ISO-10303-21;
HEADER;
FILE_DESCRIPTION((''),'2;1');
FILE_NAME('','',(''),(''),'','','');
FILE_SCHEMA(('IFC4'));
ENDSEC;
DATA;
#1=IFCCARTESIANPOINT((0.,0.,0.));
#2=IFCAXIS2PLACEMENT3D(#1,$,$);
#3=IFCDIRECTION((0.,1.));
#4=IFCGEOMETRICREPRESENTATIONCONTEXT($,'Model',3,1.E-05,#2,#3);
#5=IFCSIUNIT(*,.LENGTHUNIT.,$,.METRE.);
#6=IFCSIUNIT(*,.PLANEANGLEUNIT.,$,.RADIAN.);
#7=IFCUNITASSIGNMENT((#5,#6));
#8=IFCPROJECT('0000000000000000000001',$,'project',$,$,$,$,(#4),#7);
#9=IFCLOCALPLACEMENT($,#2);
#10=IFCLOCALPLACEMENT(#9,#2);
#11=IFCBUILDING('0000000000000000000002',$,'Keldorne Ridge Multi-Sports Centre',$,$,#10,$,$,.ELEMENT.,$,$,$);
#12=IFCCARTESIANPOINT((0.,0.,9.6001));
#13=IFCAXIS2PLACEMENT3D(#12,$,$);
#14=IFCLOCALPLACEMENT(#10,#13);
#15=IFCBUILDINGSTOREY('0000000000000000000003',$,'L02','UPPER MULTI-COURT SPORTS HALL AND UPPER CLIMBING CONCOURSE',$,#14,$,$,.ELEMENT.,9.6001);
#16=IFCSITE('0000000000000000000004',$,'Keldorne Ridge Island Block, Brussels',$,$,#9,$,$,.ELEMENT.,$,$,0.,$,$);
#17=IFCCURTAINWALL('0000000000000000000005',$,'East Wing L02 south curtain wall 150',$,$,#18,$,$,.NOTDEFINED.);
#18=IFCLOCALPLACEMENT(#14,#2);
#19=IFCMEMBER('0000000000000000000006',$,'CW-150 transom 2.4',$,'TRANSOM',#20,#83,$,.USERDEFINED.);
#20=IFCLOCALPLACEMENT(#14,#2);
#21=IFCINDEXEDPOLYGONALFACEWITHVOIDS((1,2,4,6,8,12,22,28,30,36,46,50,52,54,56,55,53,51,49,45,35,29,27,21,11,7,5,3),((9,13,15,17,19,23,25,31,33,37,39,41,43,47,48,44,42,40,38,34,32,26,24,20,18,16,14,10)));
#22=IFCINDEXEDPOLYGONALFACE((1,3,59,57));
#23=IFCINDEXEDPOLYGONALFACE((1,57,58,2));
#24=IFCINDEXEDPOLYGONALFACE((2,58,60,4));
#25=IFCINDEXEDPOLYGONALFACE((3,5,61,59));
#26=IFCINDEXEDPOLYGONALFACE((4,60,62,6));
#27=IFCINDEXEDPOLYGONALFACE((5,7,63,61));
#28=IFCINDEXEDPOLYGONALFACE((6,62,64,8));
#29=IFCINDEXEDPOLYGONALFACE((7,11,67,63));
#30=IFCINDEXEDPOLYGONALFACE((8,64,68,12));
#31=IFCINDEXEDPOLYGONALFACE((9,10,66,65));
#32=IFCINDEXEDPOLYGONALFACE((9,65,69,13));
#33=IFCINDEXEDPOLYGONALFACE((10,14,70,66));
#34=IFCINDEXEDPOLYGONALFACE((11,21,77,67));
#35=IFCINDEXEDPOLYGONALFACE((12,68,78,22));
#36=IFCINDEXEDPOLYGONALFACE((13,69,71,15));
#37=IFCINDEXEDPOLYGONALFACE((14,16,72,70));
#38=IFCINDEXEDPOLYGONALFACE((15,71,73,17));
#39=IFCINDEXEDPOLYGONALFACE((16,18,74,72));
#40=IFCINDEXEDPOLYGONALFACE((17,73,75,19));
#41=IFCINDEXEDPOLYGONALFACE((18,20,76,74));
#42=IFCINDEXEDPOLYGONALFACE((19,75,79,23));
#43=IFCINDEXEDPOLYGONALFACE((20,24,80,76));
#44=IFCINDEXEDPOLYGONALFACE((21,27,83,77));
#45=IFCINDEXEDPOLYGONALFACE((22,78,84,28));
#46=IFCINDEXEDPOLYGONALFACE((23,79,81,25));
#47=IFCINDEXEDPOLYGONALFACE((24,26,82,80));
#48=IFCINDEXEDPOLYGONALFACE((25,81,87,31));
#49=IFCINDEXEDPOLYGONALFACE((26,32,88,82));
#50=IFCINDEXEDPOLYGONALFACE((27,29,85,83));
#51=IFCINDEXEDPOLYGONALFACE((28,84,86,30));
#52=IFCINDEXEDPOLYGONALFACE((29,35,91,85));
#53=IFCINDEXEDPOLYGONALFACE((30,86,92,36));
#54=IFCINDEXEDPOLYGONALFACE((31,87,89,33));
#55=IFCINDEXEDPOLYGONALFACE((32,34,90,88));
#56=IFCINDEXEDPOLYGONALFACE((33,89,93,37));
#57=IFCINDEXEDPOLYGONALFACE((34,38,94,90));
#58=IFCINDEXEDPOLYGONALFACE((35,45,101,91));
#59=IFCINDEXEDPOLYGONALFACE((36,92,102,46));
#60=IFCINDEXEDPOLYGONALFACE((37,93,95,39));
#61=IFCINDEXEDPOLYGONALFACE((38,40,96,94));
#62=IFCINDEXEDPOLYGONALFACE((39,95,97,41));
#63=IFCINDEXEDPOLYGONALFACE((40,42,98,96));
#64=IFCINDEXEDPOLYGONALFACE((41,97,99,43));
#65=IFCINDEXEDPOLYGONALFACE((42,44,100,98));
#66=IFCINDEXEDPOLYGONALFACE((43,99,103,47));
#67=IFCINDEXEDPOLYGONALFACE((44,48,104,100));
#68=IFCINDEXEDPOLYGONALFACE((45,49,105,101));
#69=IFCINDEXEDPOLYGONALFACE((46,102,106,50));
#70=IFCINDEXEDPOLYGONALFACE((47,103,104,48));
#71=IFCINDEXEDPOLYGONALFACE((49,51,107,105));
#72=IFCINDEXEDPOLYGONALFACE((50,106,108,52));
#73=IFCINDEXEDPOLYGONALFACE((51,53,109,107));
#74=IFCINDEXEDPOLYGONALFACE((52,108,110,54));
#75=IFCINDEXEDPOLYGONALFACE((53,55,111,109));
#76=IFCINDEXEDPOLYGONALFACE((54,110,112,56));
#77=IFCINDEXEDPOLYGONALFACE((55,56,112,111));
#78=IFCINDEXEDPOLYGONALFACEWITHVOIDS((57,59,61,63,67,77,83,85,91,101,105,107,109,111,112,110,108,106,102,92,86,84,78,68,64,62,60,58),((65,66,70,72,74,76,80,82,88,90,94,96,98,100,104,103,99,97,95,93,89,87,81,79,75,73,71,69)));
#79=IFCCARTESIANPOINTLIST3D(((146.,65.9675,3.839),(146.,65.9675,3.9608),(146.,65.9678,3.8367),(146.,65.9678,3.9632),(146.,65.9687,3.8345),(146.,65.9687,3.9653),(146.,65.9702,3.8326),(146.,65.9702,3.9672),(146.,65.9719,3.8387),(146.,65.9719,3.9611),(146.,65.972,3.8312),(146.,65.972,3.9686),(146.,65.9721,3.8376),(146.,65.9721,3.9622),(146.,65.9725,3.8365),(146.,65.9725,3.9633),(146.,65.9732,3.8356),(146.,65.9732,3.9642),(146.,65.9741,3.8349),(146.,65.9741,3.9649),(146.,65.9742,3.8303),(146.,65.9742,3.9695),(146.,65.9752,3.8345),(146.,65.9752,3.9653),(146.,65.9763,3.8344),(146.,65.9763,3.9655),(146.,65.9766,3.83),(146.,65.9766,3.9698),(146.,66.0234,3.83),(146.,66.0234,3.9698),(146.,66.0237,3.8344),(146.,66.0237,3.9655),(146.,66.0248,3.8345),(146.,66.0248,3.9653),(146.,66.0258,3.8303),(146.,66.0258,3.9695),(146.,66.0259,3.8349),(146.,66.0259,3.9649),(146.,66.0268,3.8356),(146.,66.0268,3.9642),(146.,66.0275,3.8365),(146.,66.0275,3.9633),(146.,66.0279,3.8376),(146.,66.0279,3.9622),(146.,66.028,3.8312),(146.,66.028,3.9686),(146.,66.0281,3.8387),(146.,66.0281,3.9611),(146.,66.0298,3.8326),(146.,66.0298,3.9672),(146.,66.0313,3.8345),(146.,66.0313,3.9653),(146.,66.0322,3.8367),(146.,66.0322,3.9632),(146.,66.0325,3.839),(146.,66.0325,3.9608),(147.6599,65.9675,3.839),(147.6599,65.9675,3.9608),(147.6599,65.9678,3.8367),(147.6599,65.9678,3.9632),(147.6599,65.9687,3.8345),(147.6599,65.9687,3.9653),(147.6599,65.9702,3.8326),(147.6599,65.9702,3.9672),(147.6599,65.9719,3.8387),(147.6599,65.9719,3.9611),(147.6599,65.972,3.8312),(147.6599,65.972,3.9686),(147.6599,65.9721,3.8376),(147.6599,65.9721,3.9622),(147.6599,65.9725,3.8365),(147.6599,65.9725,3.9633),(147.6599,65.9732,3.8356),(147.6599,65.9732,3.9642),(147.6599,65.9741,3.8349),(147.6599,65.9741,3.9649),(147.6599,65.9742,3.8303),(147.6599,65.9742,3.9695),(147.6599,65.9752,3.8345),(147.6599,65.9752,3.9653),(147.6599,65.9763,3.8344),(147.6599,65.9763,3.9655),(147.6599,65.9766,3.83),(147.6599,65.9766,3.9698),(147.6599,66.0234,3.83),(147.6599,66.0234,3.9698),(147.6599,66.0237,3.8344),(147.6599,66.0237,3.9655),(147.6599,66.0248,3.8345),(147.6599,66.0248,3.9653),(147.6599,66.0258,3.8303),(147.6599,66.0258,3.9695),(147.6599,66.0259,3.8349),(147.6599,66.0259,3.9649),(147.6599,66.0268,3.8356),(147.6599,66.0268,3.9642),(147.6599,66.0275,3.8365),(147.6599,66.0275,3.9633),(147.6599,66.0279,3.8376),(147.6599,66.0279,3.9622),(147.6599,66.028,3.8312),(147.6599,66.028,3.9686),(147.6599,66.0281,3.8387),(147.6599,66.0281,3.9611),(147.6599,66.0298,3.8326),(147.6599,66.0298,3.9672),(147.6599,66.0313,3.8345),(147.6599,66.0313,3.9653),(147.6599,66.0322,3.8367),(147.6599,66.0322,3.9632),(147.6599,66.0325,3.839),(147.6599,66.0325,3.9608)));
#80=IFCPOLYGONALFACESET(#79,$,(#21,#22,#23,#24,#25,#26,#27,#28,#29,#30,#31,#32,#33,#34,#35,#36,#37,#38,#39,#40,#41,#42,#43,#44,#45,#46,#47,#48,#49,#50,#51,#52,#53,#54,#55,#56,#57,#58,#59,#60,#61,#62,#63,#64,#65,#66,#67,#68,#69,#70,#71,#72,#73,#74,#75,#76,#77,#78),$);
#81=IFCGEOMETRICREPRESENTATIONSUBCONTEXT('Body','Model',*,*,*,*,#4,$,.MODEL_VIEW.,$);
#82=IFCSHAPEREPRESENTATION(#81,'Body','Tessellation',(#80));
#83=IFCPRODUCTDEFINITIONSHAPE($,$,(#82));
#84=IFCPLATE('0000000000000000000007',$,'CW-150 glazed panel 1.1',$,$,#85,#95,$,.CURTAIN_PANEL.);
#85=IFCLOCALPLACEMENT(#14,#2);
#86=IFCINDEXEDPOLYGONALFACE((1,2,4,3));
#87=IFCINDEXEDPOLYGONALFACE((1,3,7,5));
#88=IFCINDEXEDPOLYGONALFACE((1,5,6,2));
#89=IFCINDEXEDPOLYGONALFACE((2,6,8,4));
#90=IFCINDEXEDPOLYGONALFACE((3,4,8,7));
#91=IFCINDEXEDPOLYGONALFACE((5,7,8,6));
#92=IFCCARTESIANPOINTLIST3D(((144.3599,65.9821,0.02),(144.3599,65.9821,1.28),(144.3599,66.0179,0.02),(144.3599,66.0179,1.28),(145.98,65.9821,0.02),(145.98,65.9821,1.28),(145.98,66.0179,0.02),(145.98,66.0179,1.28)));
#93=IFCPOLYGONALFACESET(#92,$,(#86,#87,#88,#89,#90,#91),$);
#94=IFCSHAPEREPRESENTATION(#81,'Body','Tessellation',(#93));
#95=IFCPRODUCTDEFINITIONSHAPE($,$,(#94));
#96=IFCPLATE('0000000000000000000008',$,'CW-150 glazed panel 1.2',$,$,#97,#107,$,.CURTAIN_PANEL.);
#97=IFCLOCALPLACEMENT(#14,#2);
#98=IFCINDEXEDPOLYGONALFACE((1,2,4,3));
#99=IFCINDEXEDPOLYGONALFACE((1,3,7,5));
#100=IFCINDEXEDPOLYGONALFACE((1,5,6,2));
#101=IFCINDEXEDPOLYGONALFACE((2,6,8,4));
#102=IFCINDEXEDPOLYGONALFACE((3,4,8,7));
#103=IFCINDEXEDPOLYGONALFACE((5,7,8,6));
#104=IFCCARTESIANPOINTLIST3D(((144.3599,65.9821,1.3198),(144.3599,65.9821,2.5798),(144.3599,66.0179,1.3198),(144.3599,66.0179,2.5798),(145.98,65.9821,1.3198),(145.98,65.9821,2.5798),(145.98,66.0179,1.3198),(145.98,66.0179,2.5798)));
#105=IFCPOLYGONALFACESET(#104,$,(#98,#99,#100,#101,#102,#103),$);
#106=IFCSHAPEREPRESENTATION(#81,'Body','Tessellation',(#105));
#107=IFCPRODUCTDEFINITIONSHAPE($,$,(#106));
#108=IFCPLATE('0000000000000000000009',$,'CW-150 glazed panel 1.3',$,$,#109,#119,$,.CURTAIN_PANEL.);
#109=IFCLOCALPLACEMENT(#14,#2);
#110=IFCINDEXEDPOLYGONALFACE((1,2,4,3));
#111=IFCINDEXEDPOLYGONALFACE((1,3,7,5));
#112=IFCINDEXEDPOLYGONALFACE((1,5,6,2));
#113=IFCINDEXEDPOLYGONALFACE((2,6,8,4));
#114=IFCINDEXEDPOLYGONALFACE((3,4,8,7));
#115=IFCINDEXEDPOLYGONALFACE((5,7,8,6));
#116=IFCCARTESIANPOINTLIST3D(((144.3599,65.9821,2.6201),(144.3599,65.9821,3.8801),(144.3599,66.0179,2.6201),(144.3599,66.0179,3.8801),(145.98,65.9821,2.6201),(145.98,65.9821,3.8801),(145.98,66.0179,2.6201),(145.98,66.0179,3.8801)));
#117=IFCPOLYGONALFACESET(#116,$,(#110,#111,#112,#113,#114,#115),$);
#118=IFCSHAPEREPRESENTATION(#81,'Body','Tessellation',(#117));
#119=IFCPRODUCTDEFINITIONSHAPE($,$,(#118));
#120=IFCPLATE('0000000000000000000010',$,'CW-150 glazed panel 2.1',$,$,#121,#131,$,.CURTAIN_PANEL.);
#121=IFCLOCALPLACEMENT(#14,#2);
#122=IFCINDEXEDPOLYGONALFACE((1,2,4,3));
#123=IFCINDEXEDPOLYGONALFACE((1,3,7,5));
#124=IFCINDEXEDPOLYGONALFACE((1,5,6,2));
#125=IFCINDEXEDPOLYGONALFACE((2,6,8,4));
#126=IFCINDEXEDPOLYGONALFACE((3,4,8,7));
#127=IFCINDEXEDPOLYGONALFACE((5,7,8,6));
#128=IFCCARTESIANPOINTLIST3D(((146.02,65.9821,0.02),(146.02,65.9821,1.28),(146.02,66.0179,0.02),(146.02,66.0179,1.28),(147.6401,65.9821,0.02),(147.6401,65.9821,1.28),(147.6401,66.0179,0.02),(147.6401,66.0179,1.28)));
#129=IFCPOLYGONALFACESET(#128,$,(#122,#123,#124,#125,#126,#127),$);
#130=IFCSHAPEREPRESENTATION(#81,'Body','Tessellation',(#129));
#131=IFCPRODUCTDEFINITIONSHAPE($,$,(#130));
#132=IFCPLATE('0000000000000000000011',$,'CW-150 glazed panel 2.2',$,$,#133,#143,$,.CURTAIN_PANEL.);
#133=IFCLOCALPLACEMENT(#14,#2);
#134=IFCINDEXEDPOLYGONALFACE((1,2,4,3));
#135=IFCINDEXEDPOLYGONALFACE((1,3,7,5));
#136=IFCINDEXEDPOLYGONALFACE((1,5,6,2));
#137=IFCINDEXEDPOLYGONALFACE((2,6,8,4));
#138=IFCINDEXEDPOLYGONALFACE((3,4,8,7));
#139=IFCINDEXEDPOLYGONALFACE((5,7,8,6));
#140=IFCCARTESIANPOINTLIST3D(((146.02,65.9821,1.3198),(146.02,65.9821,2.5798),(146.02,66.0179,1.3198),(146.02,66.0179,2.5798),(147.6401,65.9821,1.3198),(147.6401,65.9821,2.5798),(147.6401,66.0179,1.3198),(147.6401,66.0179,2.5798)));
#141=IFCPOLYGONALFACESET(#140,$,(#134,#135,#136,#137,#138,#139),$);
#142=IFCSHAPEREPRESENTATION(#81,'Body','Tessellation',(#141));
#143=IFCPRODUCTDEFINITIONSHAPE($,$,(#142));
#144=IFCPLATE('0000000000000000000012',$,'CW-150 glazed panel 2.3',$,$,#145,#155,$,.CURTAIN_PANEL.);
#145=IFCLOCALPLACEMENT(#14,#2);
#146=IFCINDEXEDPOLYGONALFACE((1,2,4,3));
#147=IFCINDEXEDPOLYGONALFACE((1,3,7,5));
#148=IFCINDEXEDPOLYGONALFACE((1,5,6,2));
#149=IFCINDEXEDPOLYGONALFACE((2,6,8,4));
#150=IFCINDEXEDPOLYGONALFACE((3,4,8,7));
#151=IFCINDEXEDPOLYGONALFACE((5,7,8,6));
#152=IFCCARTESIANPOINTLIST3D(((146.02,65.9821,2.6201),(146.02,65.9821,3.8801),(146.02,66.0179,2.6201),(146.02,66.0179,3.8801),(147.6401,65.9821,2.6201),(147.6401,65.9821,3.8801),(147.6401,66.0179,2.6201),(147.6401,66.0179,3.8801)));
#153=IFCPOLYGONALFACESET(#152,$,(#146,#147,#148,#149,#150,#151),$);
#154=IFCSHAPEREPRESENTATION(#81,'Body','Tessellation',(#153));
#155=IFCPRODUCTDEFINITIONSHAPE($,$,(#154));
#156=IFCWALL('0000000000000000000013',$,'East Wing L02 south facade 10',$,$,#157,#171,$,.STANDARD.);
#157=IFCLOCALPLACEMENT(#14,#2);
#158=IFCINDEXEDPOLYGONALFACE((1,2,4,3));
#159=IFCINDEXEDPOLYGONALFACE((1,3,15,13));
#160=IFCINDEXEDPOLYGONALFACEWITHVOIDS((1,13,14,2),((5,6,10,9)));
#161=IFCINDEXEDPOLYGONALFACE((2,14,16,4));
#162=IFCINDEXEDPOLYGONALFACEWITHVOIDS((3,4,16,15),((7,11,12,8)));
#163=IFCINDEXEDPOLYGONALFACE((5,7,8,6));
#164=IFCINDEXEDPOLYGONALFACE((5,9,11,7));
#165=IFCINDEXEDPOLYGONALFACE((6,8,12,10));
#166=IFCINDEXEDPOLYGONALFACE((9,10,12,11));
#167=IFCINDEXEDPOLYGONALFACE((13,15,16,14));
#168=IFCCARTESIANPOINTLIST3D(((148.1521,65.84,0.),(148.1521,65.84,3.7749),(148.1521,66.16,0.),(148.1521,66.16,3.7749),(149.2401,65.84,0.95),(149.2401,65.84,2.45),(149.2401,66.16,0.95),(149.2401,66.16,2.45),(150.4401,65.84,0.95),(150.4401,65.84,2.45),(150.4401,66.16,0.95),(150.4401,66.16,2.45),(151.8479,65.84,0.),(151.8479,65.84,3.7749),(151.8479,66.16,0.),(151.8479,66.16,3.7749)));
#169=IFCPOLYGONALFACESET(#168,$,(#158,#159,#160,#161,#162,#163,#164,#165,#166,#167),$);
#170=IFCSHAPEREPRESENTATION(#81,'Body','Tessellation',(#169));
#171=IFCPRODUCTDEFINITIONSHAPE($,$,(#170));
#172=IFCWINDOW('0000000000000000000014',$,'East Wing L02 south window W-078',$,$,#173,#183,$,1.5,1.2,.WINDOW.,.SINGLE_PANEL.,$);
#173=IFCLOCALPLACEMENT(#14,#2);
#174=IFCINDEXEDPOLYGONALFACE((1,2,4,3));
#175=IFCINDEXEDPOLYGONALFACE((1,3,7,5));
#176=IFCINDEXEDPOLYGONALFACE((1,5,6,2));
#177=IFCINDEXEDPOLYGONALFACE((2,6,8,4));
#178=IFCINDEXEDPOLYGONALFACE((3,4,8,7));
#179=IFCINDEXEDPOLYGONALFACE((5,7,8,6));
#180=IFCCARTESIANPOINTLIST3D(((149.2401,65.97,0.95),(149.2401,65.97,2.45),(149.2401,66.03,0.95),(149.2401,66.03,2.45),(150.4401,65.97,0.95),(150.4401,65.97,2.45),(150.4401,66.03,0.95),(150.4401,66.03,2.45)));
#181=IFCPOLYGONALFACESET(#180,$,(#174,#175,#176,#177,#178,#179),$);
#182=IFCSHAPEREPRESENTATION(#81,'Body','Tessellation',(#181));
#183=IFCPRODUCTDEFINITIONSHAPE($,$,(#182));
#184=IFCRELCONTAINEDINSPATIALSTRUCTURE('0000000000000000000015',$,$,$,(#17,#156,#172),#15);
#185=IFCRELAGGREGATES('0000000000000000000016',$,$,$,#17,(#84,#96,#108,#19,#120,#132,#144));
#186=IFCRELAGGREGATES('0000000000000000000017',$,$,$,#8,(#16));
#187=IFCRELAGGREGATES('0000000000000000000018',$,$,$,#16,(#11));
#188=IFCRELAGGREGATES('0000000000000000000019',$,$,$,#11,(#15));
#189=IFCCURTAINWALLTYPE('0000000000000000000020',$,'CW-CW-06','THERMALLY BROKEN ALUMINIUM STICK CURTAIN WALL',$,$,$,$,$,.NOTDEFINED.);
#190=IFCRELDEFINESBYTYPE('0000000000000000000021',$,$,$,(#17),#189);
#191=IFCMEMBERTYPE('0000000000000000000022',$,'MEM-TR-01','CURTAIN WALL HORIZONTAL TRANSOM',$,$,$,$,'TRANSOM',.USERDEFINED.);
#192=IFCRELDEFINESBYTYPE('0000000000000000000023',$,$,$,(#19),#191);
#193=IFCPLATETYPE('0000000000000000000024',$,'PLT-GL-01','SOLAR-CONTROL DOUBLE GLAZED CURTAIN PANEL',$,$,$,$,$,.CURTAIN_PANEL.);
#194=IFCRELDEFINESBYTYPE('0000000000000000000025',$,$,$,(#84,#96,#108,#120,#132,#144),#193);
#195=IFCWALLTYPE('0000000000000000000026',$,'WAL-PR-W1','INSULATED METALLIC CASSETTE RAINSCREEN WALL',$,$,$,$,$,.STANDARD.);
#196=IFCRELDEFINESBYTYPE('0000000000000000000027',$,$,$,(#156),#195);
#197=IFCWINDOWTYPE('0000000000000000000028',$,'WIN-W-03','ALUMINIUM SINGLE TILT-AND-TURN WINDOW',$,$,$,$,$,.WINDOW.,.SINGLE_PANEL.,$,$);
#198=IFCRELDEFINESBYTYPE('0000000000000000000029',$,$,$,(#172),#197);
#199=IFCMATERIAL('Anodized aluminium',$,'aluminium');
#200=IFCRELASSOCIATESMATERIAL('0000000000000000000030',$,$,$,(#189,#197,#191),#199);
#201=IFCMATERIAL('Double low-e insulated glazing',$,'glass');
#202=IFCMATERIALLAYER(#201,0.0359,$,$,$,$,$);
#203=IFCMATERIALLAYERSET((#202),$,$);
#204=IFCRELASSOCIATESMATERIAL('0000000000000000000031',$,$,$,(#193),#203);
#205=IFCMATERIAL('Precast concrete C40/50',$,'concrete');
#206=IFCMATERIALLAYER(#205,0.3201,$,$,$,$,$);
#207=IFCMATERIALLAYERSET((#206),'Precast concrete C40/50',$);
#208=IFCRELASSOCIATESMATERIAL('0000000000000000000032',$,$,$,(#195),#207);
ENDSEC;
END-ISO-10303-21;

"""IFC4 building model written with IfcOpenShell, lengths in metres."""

from ifc_helpers import new_model, si_unit, direction, frame, frame_2d, origin, origin_2d, place, context, subcontext, project, spatial, rectangle, hollow_rectangle, extrude, material, layer, layer_set, material_profile, profile_set, type_object, element, fill, aggregate, save


model = new_model("IFC4")

# Units and contexts
model_context = context("Model", 3, precision=1e-05, world=origin(), true_north=direction((0.0, 1.0)))
body_context = subcontext(model_context, "Body", "Model", "MODEL_VIEW")
ifc_project = project(units=[si_unit("LENGTHUNIT", "METRE"), si_unit("PLANEANGLEUNIT", "RADIAN")], contexts=[model_context])

# Site, building, storey
site_placement = place(None, origin())
site = spatial("IfcSite", under=ifc_project, at=site_placement, Name="Keldorne Ridge Island Block, Brussels", CompositionType="ELEMENT", RefElevation=0.0)
building_placement = place(site_placement, origin())
building = spatial("IfcBuilding", under=site, at=building_placement, Name="Keldorne Ridge Multi-Sports Centre", CompositionType="ELEMENT")
storey_placement = place(building_placement, frame((0.0, 0.0, 9.6001)))
storey = spatial("IfcBuildingStorey", under=building, at=storey_placement, Name="L02", Description="UPPER MULTI-COURT SPORTS HALL AND UPPER CLIMBING CONCOURSE", CompositionType="ELEMENT", Elevation=9.6001)

# Curtain wall, member, plates
ifc_material_1 = material(Name="Anodized aluminium", Category="aluminium")
curtain_wall_type = type_object("IfcCurtainWallType", Name="CW-CW-06", Description="THERMALLY BROKEN ALUMINIUM STICK CURTAIN WALL", PredefinedType="NOTDEFINED", material=ifc_material_1)
curtain_wall_placement = place(storey_placement, origin())
curtain_wall = element("IfcCurtainWall", 1, at=curtain_wall_placement, inside=storey, type_object=curtain_wall_type, Name="East Wing L02 south curtain wall 150", PredefinedType="NOTDEFINED")
ifc_material_profile_1 = material_profile(ifc_material_1, hollow_rectangle(XDim=0.0649, YDim=0.1399, WallThickness=0.0044, InnerFilletRadius=0.0044, OuterFilletRadius=0.009, at=origin_2d()), Name="ALU TRANSOM 140x65x4.5")
ifc_profile_set_1 = profile_set([ifc_material_profile_1], Name="Anodized aluminium")
member_type_1 = type_object("IfcMemberType", Name="MEM-TR-01", Description="CURTAIN WALL HORIZONTAL TRANSOM", ElementType="TRANSOM", PredefinedType="USERDEFINED", material=ifc_profile_set_1)
member_1_placement = place(storey_placement, frame((146.0, 66.0, 3.8999), z_axis=(1.0, 0.0, 0.0), x_axis=(0.0, 1.0, 0.0)))
member_1 = element("IfcMember", 2, at=member_1_placement, type_object=member_type_1, Name="CW-150 transom 2.4", ObjectType="TRANSOM", PredefinedType="USERDEFINED", context=body_context, shape_type="SweptSolid", body=[
    extrude(hollow_rectangle(XDim=0.0649, YDim=0.1399, WallThickness=0.0044, InnerFilletRadius=0.0044, OuterFilletRadius=0.009, at=origin_2d()), origin(), (0.0, 0.0, 1.0), 1.6599),
])
ifc_material_2 = material(Name="Double low-e insulated glazing", Category="glass")
ifc_layer_1 = layer(ifc_material_2, 0.0359)
ifc_layer_set_1 = layer_set([ifc_layer_1])
plate_type = type_object("IfcPlateType", Name="PLT-GL-01", Description="SOLAR-CONTROL DOUBLE GLAZED CURTAIN PANEL", PredefinedType="CURTAIN_PANEL", material=ifc_layer_set_1)
plate_1_placement = place(storey_placement, frame((145.1699, 66.0, 0.02), z_axis=(0.0, 0.0, 1.0), x_axis=(1.0, 0.0, 0.0)))
plate_1 = element("IfcPlate", 3, at=plate_1_placement, type_object=plate_type, Name="CW-150 glazed panel 1.1", PredefinedType="CURTAIN_PANEL", context=body_context, shape_type="SweptSolid", body=[
    extrude(rectangle(XDim=1.6201, YDim=0.0359, at=origin_2d()), origin(), (0.0, 0.0, 1.0), 1.26),
])
plate_2_placement = place(storey_placement, frame((145.1699, 66.0, 1.3198), z_axis=(0.0, 0.0, 1.0), x_axis=(1.0, 0.0, 0.0)))
plate_2 = element("IfcPlate", 4, at=plate_2_placement, type_object=plate_type, Name="CW-150 glazed panel 1.2", PredefinedType="CURTAIN_PANEL", context=body_context, shape_type="SweptSolid", body=[
    extrude(rectangle(XDim=1.6201, YDim=0.0359, at=origin_2d()), origin(), (0.0, 0.0, 1.0), 1.26),
])
plate_3_placement = place(storey_placement, frame((145.1699, 66.0, 2.6201), z_axis=(0.0, 0.0, 1.0), x_axis=(1.0, 0.0, 0.0)))
plate_3 = element("IfcPlate", 5, at=plate_3_placement, type_object=plate_type, Name="CW-150 glazed panel 1.3", PredefinedType="CURTAIN_PANEL", context=body_context, shape_type="SweptSolid", body=[
    extrude(rectangle(XDim=1.6201, YDim=0.0359, at=origin_2d()), origin(), (0.0, 0.0, 1.0), 1.26),
])
plate_4_placement = place(storey_placement, frame((146.8301, 66.0, 0.02), z_axis=(0.0, 0.0, 1.0), x_axis=(1.0, 0.0, 0.0)))
plate_4 = element("IfcPlate", 6, at=plate_4_placement, type_object=plate_type, Name="CW-150 glazed panel 2.1", PredefinedType="CURTAIN_PANEL", context=body_context, shape_type="SweptSolid", body=[
    extrude(rectangle(XDim=1.6201, YDim=0.0359, at=origin_2d()), origin(), (0.0, 0.0, 1.0), 1.26),
])
plate_5_placement = place(storey_placement, frame((146.8301, 66.0, 1.3198), z_axis=(0.0, 0.0, 1.0), x_axis=(1.0, 0.0, 0.0)))
plate_5 = element("IfcPlate", 7, at=plate_5_placement, type_object=plate_type, Name="CW-150 glazed panel 2.2", PredefinedType="CURTAIN_PANEL", context=body_context, shape_type="SweptSolid", body=[
    extrude(rectangle(XDim=1.6201, YDim=0.0359, at=origin_2d()), origin(), (0.0, 0.0, 1.0), 1.26),
])
plate_6_placement = place(storey_placement, frame((146.8301, 66.0, 2.6201), z_axis=(0.0, 0.0, 1.0), x_axis=(1.0, 0.0, 0.0)))
plate_6 = element("IfcPlate", 8, at=plate_6_placement, type_object=plate_type, Name="CW-150 glazed panel 2.3", PredefinedType="CURTAIN_PANEL", context=body_context, shape_type="SweptSolid", body=[
    extrude(rectangle(XDim=1.6201, YDim=0.0359, at=origin_2d()), origin(), (0.0, 0.0, 1.0), 1.26),
])
aggregate(curtain_wall, [plate_1, plate_2, plate_3, member_1, plate_4, plate_5, plate_6])

# Wall, opening, window
ifc_material_3 = material(Name="Precast concrete C40/50", Category="concrete")
ifc_layer_2 = layer(ifc_material_3, 0.3201)
ifc_layer_set_2 = layer_set([ifc_layer_2], Name="Precast concrete C40/50")
wall_type_1 = type_object("IfcWallType", Name="WAL-PR-W1", Description="INSULATED METALLIC CASSETTE RAINSCREEN WALL", PredefinedType="STANDARD", material=ifc_layer_set_2)
wall_1_placement = place(storey_placement, frame((148.1521, 66.0, 0.0), z_axis=(0.0, 0.0, 1.0), x_axis=(1.0, 0.0, 0.0)))
wall_1 = element("IfcWall", 9, at=wall_1_placement, inside=storey, type_object=wall_type_1, Name="East Wing L02 south facade 10", PredefinedType="STANDARD", context=body_context, shape_type="SweptSolid", body=[
    extrude(rectangle(XDim=3.6958, YDim=0.3201, at=frame_2d((1.8479, 0.0))), origin(), (0.0, 0.0, 1.0), 3.7749),
])
opening_placement = place(wall_1_placement, frame((1.0879, 0.0, 0.95)))
opening = element("IfcOpeningElement", 10, at=opening_placement, cuts=wall_1, PredefinedType="OPENING", context=body_context, shape_type="SweptSolid", body=[
    extrude(rectangle(XDim=1.2, YDim=1.5, at=frame_2d((0.6001, 0.75))), frame((0.0, 0.1699, 0.0), z_axis=(0.0, -1.0, 0.0), x_axis=(1.0, 0.0, 0.0)), (0.0, 0.0, 1.0), 0.3401),
])
window_type = type_object("IfcWindowType", Name="WIN-W-03", Description="ALUMINIUM SINGLE TILT-AND-TURN WINDOW", PartitioningType="SINGLE_PANEL", PredefinedType="WINDOW", material=ifc_material_1)
window_placement = place(opening_placement, origin())
window = element("IfcWindow", 11, at=window_placement, inside=storey, type_object=window_type, Name="East Wing L02 south window W-078", OverallHeight=1.5, OverallWidth=1.2, PartitioningType="SINGLE_PANEL", PredefinedType="WINDOW", context=body_context, shape_type="SweptSolid", body=[
    extrude(rectangle(XDim=1.2, YDim=1.5, at=frame_2d((0.6001, 0.75))), frame((0.0, 0.03, 0.0), z_axis=(0.0, -1.0, 0.0), x_axis=(1.0, 0.0, 0.0)), (0.0, 0.0, 1.0), 0.0601),
])
fill(opening, window)

save(model, "model.ifc")
